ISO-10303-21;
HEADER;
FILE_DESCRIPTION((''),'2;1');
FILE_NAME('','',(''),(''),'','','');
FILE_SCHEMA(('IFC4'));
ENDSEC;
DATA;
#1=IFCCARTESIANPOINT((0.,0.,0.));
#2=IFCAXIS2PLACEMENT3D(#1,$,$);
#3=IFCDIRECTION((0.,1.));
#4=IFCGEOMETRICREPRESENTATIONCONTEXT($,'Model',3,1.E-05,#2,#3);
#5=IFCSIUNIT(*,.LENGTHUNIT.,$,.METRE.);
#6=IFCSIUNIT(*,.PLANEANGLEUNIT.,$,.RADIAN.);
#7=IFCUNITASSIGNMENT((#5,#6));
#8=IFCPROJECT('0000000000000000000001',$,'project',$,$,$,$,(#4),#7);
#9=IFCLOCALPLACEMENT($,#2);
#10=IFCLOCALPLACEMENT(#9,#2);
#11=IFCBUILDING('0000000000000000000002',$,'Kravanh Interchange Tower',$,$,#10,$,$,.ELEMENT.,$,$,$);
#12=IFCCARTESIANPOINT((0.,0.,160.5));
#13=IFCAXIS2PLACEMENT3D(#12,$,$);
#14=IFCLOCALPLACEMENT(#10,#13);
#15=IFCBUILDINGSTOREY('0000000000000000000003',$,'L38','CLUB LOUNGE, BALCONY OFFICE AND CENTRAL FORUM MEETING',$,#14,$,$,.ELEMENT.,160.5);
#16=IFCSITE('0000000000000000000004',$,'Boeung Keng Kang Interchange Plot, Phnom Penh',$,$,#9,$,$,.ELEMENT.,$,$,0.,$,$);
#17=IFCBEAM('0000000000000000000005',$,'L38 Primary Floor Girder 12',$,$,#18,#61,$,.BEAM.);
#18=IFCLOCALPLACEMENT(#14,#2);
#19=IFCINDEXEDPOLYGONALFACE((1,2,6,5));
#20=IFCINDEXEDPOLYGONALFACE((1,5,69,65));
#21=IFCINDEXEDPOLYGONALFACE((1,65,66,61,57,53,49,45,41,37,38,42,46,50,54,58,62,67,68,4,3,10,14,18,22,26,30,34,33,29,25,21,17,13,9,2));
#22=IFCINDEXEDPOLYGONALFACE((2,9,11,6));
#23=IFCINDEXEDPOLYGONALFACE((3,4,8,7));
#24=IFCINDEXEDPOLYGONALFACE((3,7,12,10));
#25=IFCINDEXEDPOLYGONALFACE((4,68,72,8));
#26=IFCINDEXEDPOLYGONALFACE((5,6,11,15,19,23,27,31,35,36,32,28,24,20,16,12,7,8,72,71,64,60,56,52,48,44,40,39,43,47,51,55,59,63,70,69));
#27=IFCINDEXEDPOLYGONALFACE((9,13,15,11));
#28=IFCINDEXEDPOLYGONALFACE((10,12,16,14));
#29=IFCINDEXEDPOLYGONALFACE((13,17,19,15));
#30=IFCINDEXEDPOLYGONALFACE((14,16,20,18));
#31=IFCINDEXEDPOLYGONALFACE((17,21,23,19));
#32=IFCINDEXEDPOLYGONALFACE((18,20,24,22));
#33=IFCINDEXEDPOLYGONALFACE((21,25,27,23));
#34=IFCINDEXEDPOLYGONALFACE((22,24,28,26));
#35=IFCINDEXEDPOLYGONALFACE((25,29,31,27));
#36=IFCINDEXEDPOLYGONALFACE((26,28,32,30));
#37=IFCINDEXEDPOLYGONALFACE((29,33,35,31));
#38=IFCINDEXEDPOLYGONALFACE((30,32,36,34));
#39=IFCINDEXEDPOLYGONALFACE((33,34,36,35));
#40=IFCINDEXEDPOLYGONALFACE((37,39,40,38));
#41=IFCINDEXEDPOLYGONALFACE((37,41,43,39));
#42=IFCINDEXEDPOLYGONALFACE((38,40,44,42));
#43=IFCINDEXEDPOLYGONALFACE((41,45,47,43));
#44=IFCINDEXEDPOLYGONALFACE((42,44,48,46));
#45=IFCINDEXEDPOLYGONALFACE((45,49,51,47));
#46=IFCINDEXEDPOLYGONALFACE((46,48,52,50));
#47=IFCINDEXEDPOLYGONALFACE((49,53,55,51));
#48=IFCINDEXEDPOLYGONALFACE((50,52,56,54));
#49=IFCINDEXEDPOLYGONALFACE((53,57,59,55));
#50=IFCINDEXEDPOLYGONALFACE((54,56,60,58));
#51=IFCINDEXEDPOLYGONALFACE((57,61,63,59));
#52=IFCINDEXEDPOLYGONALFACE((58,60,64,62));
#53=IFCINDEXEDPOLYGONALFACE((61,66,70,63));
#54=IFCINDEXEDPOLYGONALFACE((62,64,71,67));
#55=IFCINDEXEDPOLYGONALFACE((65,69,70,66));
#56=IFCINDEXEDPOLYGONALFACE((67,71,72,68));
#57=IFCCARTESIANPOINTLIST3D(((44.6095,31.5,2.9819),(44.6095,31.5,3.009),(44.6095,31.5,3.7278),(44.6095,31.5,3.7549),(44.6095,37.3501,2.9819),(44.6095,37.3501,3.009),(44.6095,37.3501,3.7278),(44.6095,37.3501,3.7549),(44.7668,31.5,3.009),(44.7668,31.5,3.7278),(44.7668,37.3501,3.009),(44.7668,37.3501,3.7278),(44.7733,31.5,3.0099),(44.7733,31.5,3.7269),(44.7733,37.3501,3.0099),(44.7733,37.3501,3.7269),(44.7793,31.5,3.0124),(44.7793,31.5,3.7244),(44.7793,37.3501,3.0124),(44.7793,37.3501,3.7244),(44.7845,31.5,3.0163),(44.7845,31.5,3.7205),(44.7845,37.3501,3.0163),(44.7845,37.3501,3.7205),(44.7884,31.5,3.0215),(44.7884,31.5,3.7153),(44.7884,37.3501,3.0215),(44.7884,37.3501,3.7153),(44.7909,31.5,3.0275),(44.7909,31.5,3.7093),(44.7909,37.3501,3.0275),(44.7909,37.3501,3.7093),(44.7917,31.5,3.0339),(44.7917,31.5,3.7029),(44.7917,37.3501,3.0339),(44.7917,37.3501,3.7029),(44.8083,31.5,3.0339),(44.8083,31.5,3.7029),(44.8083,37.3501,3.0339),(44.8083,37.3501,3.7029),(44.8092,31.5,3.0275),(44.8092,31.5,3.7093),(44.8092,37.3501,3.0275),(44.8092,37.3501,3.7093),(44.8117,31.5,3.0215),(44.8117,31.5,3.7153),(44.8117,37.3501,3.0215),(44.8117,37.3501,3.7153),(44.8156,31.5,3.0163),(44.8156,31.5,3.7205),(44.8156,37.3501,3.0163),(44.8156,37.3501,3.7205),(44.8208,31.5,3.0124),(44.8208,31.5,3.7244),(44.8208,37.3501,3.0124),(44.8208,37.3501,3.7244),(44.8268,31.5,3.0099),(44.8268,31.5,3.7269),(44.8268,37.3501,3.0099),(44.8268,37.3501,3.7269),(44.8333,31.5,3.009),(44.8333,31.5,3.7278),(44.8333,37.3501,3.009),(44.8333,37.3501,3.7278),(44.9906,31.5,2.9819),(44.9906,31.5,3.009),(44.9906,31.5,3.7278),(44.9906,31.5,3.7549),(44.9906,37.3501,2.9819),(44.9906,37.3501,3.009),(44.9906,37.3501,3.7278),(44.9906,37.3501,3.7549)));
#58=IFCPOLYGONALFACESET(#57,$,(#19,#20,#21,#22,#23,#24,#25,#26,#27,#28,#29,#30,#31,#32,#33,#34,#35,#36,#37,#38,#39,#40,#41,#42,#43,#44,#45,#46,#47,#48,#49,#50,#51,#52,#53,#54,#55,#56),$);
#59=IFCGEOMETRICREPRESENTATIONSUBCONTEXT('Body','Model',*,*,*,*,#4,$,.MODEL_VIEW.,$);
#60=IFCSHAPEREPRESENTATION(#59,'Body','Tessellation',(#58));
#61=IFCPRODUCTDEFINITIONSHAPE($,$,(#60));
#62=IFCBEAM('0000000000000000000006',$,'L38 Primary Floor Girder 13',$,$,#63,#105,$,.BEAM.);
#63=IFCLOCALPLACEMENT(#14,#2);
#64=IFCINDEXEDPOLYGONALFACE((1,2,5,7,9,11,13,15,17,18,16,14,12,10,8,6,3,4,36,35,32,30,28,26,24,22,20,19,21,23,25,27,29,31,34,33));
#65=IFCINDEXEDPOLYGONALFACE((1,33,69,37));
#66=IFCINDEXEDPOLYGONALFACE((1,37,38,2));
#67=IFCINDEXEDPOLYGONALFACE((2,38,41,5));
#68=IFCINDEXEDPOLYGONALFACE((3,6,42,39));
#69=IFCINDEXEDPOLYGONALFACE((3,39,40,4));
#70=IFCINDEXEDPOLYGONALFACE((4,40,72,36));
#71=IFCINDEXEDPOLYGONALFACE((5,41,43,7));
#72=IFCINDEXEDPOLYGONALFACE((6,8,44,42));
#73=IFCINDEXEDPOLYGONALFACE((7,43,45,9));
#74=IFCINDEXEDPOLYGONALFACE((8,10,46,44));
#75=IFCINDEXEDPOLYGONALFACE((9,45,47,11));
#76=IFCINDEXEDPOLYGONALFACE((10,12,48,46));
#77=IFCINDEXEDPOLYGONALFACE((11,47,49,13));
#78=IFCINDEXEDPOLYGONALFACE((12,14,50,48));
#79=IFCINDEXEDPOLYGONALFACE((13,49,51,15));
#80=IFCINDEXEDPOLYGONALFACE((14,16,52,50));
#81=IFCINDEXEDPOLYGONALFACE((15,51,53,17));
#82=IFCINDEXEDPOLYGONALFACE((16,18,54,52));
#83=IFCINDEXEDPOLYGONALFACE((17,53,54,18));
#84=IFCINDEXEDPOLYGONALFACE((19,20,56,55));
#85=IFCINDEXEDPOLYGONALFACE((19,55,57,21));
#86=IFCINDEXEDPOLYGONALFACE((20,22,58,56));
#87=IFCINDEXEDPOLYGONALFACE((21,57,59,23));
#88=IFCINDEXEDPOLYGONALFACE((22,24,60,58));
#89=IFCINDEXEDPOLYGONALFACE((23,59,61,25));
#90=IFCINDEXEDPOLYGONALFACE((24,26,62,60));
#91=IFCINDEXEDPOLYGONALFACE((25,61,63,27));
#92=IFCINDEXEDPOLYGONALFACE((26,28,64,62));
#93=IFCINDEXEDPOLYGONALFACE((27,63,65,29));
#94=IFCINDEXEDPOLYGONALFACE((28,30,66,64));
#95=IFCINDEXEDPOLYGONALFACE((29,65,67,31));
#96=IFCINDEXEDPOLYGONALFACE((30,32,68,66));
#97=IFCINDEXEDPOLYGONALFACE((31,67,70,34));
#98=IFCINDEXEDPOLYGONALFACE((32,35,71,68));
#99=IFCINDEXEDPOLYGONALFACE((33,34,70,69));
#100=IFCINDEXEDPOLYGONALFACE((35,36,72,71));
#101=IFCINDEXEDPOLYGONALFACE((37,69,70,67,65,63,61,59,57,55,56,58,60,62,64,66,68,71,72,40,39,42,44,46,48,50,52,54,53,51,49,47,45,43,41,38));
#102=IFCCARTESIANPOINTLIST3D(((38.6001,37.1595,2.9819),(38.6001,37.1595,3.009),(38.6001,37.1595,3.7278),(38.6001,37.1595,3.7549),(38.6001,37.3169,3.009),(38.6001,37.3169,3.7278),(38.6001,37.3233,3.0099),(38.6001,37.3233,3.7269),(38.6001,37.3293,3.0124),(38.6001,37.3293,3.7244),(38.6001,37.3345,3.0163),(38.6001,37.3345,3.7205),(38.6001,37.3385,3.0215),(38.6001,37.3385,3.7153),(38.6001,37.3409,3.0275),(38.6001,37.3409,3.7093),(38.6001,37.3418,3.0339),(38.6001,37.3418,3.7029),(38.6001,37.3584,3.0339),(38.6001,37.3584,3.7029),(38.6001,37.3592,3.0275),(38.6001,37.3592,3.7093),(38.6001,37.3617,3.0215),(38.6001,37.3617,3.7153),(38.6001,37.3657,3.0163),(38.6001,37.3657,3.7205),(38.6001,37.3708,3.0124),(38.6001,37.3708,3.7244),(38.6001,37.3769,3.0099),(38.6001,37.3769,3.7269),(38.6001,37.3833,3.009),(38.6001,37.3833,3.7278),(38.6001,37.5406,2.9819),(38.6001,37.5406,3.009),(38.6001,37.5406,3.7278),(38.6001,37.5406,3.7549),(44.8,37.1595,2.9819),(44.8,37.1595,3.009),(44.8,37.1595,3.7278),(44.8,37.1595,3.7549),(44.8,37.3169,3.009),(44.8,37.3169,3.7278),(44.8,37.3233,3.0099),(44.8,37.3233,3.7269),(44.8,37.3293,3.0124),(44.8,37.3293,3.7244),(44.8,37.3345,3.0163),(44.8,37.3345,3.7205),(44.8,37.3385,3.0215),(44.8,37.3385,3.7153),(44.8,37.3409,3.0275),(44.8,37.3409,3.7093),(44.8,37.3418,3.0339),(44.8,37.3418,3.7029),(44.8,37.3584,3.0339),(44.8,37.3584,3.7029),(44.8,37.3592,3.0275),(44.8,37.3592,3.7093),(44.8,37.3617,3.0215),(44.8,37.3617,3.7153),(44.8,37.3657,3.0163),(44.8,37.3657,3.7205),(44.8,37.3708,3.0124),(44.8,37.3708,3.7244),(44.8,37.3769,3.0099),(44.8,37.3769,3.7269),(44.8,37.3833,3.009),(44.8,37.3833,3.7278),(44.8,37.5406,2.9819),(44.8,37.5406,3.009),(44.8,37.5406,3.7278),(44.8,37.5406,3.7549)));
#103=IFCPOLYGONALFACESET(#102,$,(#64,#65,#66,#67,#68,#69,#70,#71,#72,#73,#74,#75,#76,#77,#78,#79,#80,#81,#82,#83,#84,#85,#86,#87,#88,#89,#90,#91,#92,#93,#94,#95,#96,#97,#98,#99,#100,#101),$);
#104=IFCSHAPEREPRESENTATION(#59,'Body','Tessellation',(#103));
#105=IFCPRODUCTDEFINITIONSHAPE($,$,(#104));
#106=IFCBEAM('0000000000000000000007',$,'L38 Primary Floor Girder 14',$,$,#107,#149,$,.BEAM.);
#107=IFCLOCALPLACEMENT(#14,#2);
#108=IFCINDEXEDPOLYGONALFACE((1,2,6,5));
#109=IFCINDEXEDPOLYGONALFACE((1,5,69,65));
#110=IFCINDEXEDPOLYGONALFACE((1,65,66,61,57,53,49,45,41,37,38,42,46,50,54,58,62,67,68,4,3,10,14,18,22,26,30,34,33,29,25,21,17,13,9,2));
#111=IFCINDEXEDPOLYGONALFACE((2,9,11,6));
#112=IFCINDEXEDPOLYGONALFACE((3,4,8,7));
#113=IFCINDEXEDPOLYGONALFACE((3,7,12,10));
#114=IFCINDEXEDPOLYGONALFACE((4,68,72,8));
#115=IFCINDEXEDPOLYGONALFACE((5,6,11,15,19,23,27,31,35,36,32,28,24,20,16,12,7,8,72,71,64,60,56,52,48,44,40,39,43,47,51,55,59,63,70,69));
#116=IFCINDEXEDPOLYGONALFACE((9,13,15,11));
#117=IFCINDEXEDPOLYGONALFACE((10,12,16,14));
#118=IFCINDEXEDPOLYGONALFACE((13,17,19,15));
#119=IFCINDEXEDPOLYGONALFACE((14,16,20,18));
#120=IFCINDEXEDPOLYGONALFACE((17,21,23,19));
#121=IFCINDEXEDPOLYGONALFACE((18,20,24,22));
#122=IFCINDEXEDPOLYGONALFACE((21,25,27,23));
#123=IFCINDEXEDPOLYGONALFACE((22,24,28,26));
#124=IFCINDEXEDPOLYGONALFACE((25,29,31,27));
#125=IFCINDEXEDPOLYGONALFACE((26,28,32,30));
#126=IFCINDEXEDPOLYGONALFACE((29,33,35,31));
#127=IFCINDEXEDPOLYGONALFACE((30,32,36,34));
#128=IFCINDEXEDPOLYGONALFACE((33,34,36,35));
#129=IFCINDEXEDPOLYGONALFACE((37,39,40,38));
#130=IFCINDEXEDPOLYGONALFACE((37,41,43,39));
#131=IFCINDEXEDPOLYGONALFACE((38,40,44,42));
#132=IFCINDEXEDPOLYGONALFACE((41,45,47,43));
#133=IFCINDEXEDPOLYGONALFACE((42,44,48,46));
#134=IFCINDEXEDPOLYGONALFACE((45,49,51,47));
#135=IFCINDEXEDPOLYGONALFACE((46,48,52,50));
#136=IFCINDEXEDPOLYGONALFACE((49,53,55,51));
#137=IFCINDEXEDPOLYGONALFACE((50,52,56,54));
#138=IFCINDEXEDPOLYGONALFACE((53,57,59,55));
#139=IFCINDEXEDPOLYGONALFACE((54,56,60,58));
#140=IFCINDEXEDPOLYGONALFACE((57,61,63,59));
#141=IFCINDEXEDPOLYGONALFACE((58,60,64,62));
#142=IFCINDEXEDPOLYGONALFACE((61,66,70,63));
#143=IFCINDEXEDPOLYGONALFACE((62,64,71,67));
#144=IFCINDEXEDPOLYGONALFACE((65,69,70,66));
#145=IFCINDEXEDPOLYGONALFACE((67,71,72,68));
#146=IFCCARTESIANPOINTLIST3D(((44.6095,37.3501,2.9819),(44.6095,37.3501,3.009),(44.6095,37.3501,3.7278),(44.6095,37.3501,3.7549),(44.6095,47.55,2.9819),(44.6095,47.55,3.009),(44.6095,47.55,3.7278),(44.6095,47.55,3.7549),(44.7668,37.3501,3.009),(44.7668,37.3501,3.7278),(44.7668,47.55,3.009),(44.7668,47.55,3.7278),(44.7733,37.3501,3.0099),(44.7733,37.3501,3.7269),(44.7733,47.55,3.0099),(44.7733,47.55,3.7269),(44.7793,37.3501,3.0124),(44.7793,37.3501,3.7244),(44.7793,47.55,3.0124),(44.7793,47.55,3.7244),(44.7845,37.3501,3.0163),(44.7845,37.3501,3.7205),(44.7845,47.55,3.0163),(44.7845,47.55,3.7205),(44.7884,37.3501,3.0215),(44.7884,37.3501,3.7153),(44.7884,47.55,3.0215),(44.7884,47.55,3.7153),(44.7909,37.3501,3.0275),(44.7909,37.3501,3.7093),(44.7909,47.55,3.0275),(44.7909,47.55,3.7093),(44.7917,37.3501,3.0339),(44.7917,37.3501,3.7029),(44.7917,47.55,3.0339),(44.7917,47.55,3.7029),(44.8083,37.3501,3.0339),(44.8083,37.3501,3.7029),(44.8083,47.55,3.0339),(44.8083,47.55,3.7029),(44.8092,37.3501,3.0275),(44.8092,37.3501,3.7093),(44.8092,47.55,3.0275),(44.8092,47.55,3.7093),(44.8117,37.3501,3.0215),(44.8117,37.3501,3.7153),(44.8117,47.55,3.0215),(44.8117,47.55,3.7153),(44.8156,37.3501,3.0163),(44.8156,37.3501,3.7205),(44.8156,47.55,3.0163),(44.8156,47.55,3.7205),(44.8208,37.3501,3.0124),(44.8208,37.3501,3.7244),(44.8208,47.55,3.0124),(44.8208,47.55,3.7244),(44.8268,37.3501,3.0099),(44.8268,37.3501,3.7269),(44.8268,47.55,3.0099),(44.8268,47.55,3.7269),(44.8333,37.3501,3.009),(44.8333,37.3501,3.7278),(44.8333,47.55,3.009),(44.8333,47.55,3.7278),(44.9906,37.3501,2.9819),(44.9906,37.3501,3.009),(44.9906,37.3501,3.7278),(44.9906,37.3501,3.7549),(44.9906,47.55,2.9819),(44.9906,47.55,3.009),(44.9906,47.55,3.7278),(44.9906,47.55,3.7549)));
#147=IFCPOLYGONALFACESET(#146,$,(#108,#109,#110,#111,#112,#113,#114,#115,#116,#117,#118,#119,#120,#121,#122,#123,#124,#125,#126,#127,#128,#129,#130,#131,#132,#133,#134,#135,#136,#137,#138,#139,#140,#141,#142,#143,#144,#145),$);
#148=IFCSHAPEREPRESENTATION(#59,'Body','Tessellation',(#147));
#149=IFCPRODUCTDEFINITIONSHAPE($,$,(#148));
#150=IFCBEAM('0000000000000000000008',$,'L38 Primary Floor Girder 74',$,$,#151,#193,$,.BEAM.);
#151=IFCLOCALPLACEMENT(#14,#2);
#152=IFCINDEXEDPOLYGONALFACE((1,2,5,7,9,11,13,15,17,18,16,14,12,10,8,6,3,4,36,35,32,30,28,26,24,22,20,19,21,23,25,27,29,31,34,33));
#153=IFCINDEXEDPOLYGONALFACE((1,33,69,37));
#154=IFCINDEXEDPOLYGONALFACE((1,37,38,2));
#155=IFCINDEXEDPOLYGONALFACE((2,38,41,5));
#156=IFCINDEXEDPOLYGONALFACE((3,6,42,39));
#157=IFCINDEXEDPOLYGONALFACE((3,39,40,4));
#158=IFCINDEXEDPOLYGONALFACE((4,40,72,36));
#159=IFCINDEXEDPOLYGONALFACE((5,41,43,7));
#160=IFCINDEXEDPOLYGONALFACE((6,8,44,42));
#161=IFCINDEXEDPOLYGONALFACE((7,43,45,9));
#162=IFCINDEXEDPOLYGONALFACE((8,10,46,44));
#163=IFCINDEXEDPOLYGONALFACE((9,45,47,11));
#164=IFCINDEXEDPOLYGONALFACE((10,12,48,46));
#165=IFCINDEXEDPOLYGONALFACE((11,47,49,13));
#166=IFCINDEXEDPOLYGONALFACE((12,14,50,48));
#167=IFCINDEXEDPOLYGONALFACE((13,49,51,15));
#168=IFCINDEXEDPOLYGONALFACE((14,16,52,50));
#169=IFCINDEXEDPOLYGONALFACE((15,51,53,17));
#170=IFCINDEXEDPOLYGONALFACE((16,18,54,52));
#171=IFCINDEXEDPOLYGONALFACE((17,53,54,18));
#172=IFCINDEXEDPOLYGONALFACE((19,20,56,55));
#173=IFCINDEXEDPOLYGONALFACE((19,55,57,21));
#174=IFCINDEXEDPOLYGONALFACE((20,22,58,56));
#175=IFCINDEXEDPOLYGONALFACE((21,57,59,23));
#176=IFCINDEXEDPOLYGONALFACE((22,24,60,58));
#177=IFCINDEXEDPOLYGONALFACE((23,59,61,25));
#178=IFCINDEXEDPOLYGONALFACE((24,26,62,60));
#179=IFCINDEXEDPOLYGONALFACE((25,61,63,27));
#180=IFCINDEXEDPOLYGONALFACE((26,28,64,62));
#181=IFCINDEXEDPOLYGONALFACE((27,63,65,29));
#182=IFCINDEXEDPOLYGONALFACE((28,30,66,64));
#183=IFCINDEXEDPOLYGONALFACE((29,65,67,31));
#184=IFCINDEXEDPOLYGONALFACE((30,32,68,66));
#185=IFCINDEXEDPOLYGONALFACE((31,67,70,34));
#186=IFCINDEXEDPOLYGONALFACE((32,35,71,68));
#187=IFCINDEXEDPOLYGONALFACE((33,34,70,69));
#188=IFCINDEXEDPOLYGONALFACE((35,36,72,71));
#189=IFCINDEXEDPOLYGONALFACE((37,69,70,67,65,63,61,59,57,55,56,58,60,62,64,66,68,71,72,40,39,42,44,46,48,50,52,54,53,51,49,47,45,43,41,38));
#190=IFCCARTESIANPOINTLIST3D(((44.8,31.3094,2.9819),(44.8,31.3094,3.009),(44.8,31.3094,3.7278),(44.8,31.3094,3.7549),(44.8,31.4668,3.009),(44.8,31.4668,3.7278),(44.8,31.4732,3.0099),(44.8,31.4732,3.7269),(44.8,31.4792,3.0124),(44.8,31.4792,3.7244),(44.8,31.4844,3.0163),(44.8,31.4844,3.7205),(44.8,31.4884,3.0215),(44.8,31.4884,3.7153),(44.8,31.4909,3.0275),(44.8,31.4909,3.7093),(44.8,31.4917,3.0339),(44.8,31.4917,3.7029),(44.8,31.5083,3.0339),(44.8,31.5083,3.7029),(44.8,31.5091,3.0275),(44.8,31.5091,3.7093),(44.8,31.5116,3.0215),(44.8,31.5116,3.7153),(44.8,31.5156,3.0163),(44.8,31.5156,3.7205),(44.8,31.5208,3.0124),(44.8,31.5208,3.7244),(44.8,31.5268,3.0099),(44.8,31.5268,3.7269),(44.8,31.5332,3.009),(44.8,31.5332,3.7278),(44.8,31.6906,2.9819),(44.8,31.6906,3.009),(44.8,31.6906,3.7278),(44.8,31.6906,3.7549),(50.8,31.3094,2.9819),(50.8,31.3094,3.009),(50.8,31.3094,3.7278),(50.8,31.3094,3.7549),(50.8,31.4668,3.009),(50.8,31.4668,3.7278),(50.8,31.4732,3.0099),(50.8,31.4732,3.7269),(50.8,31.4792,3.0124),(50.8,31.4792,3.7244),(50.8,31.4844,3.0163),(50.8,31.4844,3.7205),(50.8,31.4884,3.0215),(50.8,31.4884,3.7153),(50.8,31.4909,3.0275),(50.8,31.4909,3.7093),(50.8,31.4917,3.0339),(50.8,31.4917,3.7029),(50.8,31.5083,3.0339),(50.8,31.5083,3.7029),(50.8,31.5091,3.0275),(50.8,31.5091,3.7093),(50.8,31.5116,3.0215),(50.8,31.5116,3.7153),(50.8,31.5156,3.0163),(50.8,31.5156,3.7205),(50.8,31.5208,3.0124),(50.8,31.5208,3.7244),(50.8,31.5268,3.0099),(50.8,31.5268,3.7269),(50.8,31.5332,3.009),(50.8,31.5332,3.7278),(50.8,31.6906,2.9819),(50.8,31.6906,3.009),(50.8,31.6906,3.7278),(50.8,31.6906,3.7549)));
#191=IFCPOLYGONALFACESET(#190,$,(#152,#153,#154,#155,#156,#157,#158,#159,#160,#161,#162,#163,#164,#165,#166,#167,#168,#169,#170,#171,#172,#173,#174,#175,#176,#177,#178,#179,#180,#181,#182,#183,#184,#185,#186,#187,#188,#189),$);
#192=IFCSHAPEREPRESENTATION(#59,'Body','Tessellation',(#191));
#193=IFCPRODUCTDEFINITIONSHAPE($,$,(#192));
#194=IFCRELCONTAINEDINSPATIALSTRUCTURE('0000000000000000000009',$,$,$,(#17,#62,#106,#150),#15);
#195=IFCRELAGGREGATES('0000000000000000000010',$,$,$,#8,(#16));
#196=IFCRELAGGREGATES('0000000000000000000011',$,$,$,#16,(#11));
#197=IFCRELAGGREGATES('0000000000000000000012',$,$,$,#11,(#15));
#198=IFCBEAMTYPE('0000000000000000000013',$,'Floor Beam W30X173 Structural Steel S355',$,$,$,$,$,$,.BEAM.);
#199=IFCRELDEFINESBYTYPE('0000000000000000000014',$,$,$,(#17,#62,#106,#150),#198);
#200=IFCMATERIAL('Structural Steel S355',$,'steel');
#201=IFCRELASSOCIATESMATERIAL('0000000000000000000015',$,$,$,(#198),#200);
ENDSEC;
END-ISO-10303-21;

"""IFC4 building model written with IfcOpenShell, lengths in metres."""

from ifc_helpers import new_model, si_unit, direction, frame, origin, origin_2d, place, context, subcontext, project, spatial, i_section, extrude, material, material_profile, profile_set, type_object, element, save


model = new_model("IFC4")

# Units and contexts
model_context = context("Model", 3, precision=1e-05, world=origin(), true_north=direction((0.0, 1.0)))
body_context = subcontext(model_context, "Body", "Model", "MODEL_VIEW")
ifc_project = project(units=[si_unit("LENGTHUNIT", "METRE"), si_unit("PLANEANGLEUNIT", "RADIAN")], contexts=[model_context])

# Site, building, storey
site_placement = place(None, origin())
site = spatial("IfcSite", under=ifc_project, at=site_placement, Name="Boeung Keng Kang Interchange Plot, Phnom Penh", CompositionType="ELEMENT", RefElevation=0.0)
building_placement = place(site_placement, origin())
building = spatial("IfcBuilding", under=site, at=building_placement, Name="Kravanh Interchange Tower", CompositionType="ELEMENT")
storey_placement = place(building_placement, frame((0.0, 0.0, 160.5)))
storey = spatial("IfcBuildingStorey", under=building, at=storey_placement, Name="L38", Description="CLUB LOUNGE, BALCONY OFFICE AND CENTRAL FORUM MEETING", CompositionType="ELEMENT", Elevation=160.5)

# Beams
ifc_material_1 = material(Name="Structural Steel S355", Category="steel")
ifc_material_profile_1 = material_profile(ifc_material_1, i_section(OverallWidth=0.3811, OverallDepth=0.7729, WebThickness=0.0166, FlangeThickness=0.0271, FilletRadius=0.0249, at=origin_2d()), Name="W30X173")
ifc_profile_set_1 = profile_set([ifc_material_profile_1], Name="Structural Steel S355")
beam_type_1 = type_object("IfcBeamType", Name="Floor Beam W30X173 Structural Steel S355", PredefinedType="BEAM", material=ifc_profile_set_1)
beam_1_placement = place(storey_placement, frame((44.8, 37.3501, 3.3684), z_axis=(0.0, -1.0, 0.0), x_axis=(1.0, 0.0, 0.0)))
element("IfcBeam", 1, at=beam_1_placement, inside=storey, type_object=beam_type_1, Name="L38 Primary Floor Girder 12", PredefinedType="BEAM", context=body_context, shape_type="SweptSolid", body=[
    extrude(i_section(OverallWidth=0.3811, OverallDepth=0.7729, WebThickness=0.0166, FlangeThickness=0.0271, FilletRadius=0.0249, at=origin_2d()), origin(), (0.0, 0.0, 1.0), 5.8501),
])
beam_2_placement = place(storey_placement, frame((44.8, 37.3501, 3.3684), z_axis=(-1.0, 0.0, 0.0), x_axis=(0.0, -1.0, 0.0)))
element("IfcBeam", 2, at=beam_2_placement, inside=storey, type_object=beam_type_1, Name="L38 Primary Floor Girder 13", PredefinedType="BEAM", context=body_context, shape_type="SweptSolid", body=[
    extrude(i_section(OverallWidth=0.3811, OverallDepth=0.7729, WebThickness=0.0166, FlangeThickness=0.0271, FilletRadius=0.0249, at=origin_2d()), origin(), (0.0, 0.0, 1.0), 6.2),
])
beam_3_placement = place(storey_placement, frame((44.8, 37.3501, 3.3684), z_axis=(0.0, 1.0, 0.0), x_axis=(-1.0, 0.0, 0.0)))
element("IfcBeam", 3, at=beam_3_placement, inside=storey, type_object=beam_type_1, Name="L38 Primary Floor Girder 14", PredefinedType="BEAM", context=body_context, shape_type="SweptSolid", body=[
    extrude(i_section(OverallWidth=0.3811, OverallDepth=0.7729, WebThickness=0.0166, FlangeThickness=0.0271, FilletRadius=0.0249, at=origin_2d()), origin(), (0.0, 0.0, 1.0), 10.2),
])
beam_4_placement = place(storey_placement, frame((44.8, 31.5, 3.3684), z_axis=(1.0, 0.0, 0.0), x_axis=(0.0, 1.0, 0.0)))
element("IfcBeam", 4, at=beam_4_placement, inside=storey, type_object=beam_type_1, Name="L38 Primary Floor Girder 74", PredefinedType="BEAM", context=body_context, shape_type="SweptSolid", body=[
    extrude(i_section(OverallWidth=0.3811, OverallDepth=0.7729, WebThickness=0.0166, FlangeThickness=0.0271, FilletRadius=0.0249, at=origin_2d()), origin(), (0.0, 0.0, 1.0), 6.0),
])

save(model, "model.ifc")
